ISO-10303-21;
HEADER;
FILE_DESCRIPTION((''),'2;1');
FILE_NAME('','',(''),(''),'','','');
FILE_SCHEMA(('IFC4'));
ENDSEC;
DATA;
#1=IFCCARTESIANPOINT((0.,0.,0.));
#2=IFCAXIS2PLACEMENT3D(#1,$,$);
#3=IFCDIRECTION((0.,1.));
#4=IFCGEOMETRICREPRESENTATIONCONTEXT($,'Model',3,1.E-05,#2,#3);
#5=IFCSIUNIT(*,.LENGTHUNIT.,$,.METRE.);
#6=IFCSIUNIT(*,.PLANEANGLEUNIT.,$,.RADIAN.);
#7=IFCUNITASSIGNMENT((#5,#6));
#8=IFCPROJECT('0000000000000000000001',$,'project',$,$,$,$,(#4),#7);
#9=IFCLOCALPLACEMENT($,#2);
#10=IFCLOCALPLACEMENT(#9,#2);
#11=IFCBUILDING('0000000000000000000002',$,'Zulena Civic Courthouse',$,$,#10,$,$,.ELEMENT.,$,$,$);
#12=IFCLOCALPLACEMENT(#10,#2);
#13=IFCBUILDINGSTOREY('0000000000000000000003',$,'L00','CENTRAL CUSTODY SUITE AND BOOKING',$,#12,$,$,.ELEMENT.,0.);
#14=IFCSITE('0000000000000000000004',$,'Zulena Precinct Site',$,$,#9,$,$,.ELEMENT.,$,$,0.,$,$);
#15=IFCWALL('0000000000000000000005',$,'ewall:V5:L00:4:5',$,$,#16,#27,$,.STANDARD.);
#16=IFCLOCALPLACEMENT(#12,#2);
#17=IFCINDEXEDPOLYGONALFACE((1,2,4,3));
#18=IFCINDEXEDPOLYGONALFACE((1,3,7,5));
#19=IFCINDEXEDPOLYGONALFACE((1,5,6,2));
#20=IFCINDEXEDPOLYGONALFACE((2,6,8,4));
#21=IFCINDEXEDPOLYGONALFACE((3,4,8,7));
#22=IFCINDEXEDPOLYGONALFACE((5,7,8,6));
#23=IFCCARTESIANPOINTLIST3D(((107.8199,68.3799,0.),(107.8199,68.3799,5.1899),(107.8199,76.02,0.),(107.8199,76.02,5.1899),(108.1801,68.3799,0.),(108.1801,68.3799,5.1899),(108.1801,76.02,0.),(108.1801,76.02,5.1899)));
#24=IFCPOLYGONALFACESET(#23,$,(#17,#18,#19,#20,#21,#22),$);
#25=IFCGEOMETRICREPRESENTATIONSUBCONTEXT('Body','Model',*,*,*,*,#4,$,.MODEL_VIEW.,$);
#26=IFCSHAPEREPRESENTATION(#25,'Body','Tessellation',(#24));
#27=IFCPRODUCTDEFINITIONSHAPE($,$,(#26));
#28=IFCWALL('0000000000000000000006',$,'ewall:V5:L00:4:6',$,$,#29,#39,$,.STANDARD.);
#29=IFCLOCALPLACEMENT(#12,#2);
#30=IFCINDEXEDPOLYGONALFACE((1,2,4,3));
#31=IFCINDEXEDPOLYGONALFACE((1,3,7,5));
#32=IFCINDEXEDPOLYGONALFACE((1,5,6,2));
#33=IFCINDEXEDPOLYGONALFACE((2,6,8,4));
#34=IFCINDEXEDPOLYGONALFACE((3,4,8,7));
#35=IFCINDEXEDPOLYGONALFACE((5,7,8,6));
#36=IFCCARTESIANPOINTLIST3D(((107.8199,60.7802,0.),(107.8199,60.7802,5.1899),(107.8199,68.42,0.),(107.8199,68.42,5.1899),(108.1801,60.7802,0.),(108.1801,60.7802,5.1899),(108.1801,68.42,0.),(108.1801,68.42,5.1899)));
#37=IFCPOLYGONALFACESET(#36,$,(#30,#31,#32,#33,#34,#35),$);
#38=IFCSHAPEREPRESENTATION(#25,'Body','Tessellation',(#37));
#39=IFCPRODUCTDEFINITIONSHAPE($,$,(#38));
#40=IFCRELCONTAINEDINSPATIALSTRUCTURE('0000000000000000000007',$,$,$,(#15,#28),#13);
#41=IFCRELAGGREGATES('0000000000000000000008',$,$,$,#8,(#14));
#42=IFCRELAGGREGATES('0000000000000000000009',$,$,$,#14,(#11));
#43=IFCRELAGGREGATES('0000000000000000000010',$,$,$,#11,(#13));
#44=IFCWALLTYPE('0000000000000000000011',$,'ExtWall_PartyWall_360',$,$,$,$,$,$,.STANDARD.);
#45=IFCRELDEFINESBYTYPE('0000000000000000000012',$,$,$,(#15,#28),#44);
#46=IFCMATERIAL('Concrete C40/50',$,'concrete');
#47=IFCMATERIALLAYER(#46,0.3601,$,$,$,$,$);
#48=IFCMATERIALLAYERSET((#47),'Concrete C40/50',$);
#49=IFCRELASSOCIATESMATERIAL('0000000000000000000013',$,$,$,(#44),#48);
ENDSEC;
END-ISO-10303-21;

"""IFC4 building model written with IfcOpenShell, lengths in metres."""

from ifc_helpers import new_model, si_unit, direction, frame, frame_2d, origin, place, context, subcontext, project, spatial, rectangle, extrude, material, layer, layer_set, type_object, element, save


model = new_model("IFC4")

# Units and contexts
model_context = context("Model", 3, precision=1e-05, world=origin(), true_north=direction((0.0, 1.0)))
body_context = subcontext(model_context, "Body", "Model", "MODEL_VIEW")
ifc_project = project(units=[si_unit("LENGTHUNIT", "METRE"), si_unit("PLANEANGLEUNIT", "RADIAN")], contexts=[model_context])

# Site, building, storey
site_placement = place(None, origin())
site = spatial("IfcSite", under=ifc_project, at=site_placement, Name="Zulena Precinct Site", CompositionType="ELEMENT", RefElevation=0.0)
building_placement = place(site_placement, origin())
building = spatial("IfcBuilding", under=site, at=building_placement, Name="Zulena Civic Courthouse", CompositionType="ELEMENT")
storey_placement = place(building_placement, origin())
storey = spatial("IfcBuildingStorey", under=building, at=storey_placement, Name="L00", Description="CENTRAL CUSTODY SUITE AND BOOKING", CompositionType="ELEMENT", Elevation=0.0)

# Walls
ifc_material_1 = material(Name="Concrete C40/50", Category="concrete")
ifc_layer_1 = layer(ifc_material_1, 0.3601)
ifc_layer_set_1 = layer_set([ifc_layer_1], Name="Concrete C40/50")
wall_type = type_object("IfcWallType", Name="ExtWall_PartyWall_360", PredefinedType="STANDARD", material=ifc_layer_set_1)
for number, where, z_axis, x_axis, name in (
    (1, (108.0, 76.02, 0.0), (0.0, 0.0, 1.0), (0.0, -1.0, 0.0), "ewall:V5:L00:4:5"),
):
    element("IfcWall", number, at=place(storey_placement, frame(where, z_axis=z_axis, x_axis=x_axis)), inside=storey, type_object=wall_type, Name=name, PredefinedType="STANDARD", context=body_context, shape_type="SweptSolid", body=[
        extrude(rectangle(XDim=7.6401, YDim=0.3601, at=frame_2d((3.8201, 0.0))), origin(), (0.0, 0.0, 1.0), 5.1899),
    ])
wall_placement = place(storey_placement, frame((108.0, 68.4199, 0.0), z_axis=(0.0, 0.0, 1.0), x_axis=(0.0, -1.0, 0.0)))
element("IfcWall", 2, at=wall_placement, inside=storey, type_object=wall_type, Name="ewall:V5:L00:4:6", PredefinedType="STANDARD", context=body_context, shape_type="SweptSolid", body=[
    extrude(rectangle(XDim=7.6399, YDim=0.3601, at=frame_2d((3.8198, 0.0))), origin(), (0.0, 0.0, 1.0), 5.1899),
])

save(model, "model.ifc")
